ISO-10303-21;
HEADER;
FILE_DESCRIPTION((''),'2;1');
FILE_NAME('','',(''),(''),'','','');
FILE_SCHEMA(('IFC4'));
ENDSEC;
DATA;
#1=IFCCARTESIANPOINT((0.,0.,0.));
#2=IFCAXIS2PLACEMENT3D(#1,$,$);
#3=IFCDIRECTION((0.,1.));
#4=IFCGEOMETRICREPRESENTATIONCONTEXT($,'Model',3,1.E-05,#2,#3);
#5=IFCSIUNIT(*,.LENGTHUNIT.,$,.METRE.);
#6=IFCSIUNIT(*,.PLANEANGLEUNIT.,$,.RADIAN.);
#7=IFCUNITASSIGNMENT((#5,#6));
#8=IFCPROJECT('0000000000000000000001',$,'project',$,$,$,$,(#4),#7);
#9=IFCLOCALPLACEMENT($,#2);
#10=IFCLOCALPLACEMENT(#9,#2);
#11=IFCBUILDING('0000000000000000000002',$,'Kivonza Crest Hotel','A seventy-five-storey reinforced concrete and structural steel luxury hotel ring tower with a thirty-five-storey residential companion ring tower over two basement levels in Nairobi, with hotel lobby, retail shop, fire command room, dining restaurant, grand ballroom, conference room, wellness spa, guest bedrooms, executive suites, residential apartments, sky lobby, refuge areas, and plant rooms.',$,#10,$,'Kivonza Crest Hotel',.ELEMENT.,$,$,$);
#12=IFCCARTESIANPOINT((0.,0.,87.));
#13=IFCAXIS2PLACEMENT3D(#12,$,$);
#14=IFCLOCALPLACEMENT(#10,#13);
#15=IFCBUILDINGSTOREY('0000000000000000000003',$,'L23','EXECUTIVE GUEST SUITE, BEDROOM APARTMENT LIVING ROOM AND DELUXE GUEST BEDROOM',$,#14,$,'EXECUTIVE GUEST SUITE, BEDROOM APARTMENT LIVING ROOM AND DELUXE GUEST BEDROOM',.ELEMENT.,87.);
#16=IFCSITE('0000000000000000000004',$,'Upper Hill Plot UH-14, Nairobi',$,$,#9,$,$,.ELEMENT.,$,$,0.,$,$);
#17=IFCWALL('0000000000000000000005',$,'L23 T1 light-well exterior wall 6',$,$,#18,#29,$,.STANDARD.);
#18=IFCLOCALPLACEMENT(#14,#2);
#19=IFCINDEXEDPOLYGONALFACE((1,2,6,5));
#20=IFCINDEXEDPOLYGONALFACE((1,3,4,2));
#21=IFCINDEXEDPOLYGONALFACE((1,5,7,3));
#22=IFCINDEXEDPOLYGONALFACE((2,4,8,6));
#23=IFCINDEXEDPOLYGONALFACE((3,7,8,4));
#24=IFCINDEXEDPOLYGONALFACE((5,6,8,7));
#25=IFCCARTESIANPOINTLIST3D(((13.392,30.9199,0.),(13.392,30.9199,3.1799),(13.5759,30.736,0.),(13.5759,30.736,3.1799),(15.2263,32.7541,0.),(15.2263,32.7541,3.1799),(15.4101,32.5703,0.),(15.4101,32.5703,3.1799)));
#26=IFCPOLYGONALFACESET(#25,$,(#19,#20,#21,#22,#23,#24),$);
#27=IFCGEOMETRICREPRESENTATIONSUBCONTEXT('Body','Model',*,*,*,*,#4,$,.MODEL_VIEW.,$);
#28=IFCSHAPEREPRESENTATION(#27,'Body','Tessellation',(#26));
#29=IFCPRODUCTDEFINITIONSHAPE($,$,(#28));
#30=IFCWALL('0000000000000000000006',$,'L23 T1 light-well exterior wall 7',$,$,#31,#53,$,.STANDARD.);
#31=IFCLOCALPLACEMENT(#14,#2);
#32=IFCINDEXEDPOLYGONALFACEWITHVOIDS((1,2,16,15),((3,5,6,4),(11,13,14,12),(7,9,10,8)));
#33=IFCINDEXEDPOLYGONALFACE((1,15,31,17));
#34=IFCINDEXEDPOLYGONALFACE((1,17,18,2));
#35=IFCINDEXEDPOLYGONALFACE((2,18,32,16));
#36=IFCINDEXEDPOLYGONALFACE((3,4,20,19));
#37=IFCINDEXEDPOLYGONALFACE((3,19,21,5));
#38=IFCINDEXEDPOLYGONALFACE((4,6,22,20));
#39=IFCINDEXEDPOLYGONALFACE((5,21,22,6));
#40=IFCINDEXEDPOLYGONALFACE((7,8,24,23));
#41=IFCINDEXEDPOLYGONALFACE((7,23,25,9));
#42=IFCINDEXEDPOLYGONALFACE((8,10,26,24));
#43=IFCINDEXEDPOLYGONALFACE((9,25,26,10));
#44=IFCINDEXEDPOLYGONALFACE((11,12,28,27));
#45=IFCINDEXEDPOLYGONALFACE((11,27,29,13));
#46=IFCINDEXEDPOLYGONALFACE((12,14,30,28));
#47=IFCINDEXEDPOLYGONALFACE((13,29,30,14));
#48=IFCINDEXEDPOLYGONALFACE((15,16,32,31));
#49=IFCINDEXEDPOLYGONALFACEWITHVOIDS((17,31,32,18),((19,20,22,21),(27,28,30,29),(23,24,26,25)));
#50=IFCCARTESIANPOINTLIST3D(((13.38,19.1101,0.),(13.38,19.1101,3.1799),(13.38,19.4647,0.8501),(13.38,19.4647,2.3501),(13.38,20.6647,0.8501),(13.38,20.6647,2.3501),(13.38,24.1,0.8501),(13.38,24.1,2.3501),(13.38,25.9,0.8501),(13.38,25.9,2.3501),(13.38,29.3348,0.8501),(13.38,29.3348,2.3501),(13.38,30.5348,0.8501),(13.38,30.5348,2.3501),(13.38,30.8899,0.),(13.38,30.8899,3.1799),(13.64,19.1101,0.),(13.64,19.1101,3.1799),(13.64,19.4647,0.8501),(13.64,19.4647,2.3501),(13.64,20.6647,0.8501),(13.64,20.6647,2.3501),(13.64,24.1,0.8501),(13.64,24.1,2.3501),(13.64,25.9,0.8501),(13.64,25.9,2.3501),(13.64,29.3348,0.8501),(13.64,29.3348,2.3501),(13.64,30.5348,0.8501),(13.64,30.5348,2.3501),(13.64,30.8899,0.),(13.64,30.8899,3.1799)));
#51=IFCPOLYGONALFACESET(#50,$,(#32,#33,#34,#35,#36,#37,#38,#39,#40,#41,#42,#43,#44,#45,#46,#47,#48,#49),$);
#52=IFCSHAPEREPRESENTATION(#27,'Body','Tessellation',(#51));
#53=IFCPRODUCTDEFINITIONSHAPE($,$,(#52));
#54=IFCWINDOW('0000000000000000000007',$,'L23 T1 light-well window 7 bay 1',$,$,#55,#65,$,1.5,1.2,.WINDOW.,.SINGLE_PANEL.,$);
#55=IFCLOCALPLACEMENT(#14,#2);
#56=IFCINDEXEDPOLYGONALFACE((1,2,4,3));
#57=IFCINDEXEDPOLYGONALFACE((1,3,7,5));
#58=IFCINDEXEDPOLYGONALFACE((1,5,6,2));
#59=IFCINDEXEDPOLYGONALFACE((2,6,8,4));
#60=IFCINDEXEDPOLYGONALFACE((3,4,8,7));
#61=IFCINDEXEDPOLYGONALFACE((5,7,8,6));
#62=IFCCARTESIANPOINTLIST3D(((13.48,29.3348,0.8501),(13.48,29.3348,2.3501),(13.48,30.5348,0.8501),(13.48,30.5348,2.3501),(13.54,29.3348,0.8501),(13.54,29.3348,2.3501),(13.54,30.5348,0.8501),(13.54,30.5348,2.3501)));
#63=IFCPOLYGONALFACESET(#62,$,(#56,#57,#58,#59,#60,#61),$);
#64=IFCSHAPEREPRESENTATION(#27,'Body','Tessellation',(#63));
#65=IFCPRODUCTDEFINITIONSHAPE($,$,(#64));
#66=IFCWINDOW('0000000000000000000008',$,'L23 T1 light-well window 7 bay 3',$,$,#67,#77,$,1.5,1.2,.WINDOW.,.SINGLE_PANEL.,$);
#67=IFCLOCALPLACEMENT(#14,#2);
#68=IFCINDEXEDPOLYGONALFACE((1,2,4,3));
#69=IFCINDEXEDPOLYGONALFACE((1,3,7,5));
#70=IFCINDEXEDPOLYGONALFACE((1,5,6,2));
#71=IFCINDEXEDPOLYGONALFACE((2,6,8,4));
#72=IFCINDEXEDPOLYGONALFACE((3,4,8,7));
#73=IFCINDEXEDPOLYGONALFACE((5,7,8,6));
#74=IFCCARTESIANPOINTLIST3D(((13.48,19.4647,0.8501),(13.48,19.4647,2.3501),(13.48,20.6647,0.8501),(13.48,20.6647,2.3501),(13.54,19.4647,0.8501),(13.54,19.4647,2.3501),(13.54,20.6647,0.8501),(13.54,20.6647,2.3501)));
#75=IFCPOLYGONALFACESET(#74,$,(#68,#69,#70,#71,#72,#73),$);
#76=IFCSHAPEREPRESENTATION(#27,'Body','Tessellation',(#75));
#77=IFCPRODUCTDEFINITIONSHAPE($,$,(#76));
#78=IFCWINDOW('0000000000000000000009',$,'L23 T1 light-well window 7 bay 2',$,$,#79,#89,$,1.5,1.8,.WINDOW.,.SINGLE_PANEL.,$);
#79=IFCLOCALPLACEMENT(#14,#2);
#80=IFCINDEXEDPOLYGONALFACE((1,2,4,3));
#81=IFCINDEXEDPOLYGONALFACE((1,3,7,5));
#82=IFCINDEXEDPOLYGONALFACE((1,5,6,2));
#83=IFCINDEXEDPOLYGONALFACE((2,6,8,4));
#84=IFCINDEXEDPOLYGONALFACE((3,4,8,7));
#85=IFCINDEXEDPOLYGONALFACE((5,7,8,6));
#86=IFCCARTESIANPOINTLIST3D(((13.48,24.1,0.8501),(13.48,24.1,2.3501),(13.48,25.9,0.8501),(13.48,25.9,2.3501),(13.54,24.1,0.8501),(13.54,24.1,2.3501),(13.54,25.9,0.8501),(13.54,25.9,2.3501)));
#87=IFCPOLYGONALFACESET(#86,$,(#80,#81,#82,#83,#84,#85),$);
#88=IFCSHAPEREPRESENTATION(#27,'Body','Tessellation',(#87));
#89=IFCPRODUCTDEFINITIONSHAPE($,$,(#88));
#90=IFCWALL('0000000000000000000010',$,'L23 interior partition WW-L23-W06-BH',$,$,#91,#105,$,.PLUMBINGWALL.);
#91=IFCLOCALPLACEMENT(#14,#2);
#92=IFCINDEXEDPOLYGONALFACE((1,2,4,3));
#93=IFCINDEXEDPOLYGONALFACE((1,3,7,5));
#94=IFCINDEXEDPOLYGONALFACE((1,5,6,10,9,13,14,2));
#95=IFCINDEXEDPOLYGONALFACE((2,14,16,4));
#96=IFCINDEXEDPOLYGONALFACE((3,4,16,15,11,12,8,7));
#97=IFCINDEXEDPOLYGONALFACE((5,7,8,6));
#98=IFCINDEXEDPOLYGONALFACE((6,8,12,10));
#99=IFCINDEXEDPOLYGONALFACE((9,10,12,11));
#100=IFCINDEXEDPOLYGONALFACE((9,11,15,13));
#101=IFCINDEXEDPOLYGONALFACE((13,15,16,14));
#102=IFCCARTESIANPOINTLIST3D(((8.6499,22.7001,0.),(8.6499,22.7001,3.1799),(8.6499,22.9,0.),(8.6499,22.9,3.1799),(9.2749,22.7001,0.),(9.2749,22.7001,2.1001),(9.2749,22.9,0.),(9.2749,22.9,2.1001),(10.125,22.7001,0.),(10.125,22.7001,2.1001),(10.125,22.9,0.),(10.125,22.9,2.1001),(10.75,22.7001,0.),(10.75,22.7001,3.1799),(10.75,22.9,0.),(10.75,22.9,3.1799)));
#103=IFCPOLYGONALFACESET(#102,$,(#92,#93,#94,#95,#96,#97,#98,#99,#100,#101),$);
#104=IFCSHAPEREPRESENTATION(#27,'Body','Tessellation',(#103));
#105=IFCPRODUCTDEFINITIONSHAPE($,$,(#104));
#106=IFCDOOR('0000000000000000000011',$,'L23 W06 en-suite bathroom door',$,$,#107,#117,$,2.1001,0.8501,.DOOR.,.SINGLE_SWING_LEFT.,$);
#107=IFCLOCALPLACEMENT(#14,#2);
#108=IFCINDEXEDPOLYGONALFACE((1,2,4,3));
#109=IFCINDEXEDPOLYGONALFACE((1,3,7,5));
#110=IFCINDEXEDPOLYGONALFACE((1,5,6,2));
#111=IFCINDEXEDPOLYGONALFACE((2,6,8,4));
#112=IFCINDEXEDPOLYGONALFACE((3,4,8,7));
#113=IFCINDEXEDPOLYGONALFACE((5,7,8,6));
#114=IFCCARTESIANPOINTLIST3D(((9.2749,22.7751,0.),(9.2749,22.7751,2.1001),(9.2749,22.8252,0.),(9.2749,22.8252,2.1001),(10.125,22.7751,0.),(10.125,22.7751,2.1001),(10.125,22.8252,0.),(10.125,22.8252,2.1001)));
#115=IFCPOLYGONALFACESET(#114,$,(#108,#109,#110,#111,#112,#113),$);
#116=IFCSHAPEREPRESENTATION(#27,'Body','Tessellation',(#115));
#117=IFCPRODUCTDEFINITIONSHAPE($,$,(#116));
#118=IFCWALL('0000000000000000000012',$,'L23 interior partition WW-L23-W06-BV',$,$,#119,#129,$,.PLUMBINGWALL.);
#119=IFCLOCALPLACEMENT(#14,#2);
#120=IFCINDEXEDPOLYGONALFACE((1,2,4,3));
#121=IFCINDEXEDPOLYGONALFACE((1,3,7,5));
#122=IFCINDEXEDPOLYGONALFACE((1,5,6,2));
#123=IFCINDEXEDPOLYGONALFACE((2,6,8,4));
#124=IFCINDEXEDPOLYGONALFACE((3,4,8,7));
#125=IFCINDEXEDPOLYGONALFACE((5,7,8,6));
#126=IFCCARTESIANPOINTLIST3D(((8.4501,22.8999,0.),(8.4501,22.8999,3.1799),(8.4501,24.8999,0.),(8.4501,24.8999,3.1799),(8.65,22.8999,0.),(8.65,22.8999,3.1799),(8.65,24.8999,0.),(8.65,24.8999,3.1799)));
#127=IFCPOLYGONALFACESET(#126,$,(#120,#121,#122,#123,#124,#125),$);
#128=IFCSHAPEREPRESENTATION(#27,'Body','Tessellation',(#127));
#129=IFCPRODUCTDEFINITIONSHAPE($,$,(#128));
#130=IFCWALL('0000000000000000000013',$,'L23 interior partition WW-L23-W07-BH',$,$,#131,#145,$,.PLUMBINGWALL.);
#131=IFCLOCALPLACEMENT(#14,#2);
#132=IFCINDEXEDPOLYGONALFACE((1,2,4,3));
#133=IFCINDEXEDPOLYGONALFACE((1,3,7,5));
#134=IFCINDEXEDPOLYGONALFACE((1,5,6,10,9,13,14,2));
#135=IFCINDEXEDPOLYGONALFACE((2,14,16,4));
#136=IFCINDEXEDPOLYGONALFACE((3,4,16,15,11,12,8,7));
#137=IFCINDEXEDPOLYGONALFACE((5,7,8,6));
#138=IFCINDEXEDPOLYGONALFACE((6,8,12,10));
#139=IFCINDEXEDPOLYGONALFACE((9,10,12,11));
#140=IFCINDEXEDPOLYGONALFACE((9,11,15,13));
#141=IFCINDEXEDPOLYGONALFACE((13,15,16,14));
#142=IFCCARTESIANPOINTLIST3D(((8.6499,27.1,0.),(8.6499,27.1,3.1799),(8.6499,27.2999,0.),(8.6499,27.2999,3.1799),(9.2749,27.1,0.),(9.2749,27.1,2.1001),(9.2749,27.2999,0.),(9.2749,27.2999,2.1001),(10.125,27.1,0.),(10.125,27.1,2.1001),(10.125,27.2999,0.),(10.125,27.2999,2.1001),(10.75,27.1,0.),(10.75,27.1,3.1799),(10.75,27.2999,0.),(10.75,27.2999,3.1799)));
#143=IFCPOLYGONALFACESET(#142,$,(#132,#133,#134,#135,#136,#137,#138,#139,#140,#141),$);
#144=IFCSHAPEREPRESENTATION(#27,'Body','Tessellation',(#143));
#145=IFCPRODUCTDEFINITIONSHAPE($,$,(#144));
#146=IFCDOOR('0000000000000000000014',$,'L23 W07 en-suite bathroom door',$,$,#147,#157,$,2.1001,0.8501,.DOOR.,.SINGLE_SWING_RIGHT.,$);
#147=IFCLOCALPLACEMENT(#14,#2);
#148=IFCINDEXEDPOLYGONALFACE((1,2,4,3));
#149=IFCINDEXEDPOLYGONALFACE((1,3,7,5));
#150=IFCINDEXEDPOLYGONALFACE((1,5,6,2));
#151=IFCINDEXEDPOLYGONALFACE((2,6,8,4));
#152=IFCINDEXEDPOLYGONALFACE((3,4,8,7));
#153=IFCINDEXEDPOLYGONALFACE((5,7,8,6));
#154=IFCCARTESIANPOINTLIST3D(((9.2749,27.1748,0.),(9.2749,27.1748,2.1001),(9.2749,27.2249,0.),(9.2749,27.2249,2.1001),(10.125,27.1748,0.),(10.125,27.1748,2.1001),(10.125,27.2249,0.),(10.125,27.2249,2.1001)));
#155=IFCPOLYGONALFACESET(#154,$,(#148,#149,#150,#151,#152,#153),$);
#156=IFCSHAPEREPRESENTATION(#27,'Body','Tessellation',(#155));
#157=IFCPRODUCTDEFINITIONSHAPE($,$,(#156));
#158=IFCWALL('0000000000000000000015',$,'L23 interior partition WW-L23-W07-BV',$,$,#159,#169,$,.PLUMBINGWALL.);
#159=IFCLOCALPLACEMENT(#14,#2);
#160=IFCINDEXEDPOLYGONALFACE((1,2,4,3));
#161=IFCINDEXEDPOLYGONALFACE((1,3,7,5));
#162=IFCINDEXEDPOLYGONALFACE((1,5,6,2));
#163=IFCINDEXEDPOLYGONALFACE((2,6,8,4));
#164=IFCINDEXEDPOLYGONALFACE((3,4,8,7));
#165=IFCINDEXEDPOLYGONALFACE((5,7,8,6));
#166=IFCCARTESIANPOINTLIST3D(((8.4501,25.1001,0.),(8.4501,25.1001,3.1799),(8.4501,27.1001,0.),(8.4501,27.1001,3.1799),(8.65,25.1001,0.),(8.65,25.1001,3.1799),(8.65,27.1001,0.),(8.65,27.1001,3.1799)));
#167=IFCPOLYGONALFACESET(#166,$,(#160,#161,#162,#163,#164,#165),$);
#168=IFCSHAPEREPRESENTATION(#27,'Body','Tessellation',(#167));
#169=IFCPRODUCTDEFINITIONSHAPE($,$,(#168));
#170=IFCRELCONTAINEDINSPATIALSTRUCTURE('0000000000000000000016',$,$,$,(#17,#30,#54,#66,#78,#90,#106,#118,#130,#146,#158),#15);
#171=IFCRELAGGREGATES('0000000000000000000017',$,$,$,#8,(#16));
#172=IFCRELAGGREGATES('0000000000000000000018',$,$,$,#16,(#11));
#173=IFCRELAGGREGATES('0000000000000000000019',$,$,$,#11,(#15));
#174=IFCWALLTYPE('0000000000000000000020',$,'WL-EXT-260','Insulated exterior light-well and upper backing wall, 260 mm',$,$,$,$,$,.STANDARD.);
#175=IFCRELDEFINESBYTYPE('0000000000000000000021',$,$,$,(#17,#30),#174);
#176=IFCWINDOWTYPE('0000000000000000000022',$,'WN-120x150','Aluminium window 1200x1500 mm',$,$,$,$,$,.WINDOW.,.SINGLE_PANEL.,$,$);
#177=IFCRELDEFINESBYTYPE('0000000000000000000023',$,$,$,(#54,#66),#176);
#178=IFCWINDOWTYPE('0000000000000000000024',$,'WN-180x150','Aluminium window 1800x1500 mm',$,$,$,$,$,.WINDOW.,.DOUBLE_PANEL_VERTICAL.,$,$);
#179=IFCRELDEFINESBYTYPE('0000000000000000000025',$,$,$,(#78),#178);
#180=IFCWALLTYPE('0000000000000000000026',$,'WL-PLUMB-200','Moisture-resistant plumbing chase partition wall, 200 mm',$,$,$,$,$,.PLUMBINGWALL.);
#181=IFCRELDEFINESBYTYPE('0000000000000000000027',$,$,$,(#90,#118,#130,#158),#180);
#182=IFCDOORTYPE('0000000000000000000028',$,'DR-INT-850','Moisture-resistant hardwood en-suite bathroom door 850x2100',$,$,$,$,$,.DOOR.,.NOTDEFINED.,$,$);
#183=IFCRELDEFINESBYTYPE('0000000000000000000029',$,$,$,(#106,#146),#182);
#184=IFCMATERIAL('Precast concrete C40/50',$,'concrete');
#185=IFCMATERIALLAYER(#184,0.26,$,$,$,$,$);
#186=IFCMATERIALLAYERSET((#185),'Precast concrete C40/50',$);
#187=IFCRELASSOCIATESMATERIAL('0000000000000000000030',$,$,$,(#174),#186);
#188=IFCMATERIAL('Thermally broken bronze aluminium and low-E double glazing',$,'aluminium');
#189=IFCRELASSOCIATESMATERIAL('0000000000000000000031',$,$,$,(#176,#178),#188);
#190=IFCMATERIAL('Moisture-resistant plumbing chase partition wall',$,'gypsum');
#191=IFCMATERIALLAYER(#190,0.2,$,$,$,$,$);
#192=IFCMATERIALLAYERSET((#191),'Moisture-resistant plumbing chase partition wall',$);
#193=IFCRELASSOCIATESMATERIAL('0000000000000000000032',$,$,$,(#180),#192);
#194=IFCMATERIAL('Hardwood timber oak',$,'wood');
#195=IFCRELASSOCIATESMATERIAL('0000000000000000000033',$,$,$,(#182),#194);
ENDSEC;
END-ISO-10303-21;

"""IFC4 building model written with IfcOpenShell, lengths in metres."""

from ifc_helpers import new_model, si_unit, direction, frame, frame_2d, origin, place, context, subcontext, project, spatial, rectangle, extrude, material, layer, layer_set, type_object, element, fill, save


model = new_model("IFC4")

# Units and contexts
model_context = context("Model", 3, precision=1e-05, world=origin(), true_north=direction((0.0, 1.0)))
body_context = subcontext(model_context, "Body", "Model", "MODEL_VIEW")
ifc_project = project(units=[si_unit("LENGTHUNIT", "METRE"), si_unit("PLANEANGLEUNIT", "RADIAN")], contexts=[model_context])

# Site, building, storey
site_placement = place(None, origin())
site = spatial("IfcSite", under=ifc_project, at=site_placement, Name="Upper Hill Plot UH-14, Nairobi", CompositionType="ELEMENT", RefElevation=0.0)
building_placement = place(site_placement, origin())
building = spatial("IfcBuilding", under=site, at=building_placement, Name="Kivonza Crest Hotel", Description="A seventy-five-storey reinforced concrete and structural steel luxury hotel ring tower with a thirty-five-storey residential companion ring tower over two basement levels in Nairobi, with hotel lobby, retail shop, fire command room, dining restaurant, grand ballroom, conference room, wellness spa, guest bedrooms, executive suites, residential apartments, sky lobby, refuge areas, and plant rooms.", LongName="Kivonza Crest Hotel", CompositionType="ELEMENT")
storey_placement = place(building_placement, frame((0.0, 0.0, 87.0)))
storey = spatial("IfcBuildingStorey", under=building, at=storey_placement, Name="L23", Description="EXECUTIVE GUEST SUITE, BEDROOM APARTMENT LIVING ROOM AND DELUXE GUEST BEDROOM", LongName="EXECUTIVE GUEST SUITE, BEDROOM APARTMENT LIVING ROOM AND DELUXE GUEST BEDROOM", CompositionType="ELEMENT", Elevation=87.0)

# Shared definitions
ifc_material_1 = material(Name="Hardwood timber oak", Category="wood")

# Wall
ifc_material_2 = material(Name="Precast concrete C40/50", Category="concrete")
ifc_layer_1 = layer(ifc_material_2, 0.26)
ifc_layer_set_1 = layer_set([ifc_layer_1], Name="Precast concrete C40/50")
wall_type_1 = type_object("IfcWallType", Name="WL-EXT-260", Description="Insulated exterior light-well and upper backing wall, 260 mm", PredefinedType="STANDARD", material=ifc_layer_set_1)
wall_1_placement = place(storey_placement, frame((15.3181, 32.6621, 0.0), z_axis=(0.0, 0.0, 1.0), x_axis=(-0.707107, -0.707107, 0.0)))
element("IfcWall", 1, at=wall_1_placement, inside=storey, type_object=wall_type_1, Name="L23 T1 light-well exterior wall 6", PredefinedType="STANDARD", context=body_context, shape_type="SweptSolid", body=[
    extrude(rectangle(XDim=2.594, YDim=0.26, at=frame_2d((1.2969, 0.0))), origin(), (0.0, 0.0, 1.0), 3.1799),
])

# Wall, openings, windows
wall_2_placement = place(storey_placement, frame((13.51, 30.8899, 0.0), z_axis=(0.0, 0.0, 1.0), x_axis=(0.0, -1.0, 0.0)))
wall_2 = element("IfcWall", 2, at=wall_2_placement, inside=storey, type_object=wall_type_1, Name="L23 T1 light-well exterior wall 7", PredefinedType="STANDARD", context=body_context, shape_type="SweptSolid", body=[
    extrude(rectangle(XDim=11.7798, YDim=0.26, at=frame_2d((5.8899, 0.0))), origin(), (0.0, 0.0, 1.0), 3.1799),
])
opening_1_placement = place(wall_2_placement, frame((0.355, 0.0, 0.8501)))
opening_1 = element("IfcOpeningElement", 3, at=opening_1_placement, cuts=wall_2, PredefinedType="OPENING", context=body_context, shape_type="SweptSolid", body=[
    extrude(rectangle(XDim=1.2, YDim=1.5, at=frame_2d((0.6001, 0.75))), frame((0.0, 0.1401, 0.0), z_axis=(0.0, -1.0, 0.0), x_axis=(1.0, 0.0, 0.0)), (0.0, 0.0, 1.0), 0.28),
])
opening_2_placement = place(wall_2_placement, frame((4.99, 0.0, 0.8501)))
opening_2 = element("IfcOpeningElement", 4, at=opening_2_placement, cuts=wall_2, PredefinedType="OPENING", context=body_context, shape_type="SweptSolid", body=[
    extrude(rectangle(XDim=1.8, YDim=1.5, at=frame_2d((0.8999, 0.75))), frame((0.0, 0.1401, 0.0), z_axis=(0.0, -1.0, 0.0), x_axis=(1.0, 0.0, 0.0)), (0.0, 0.0, 1.0), 0.28),
])
opening_3_placement = place(wall_2_placement, frame((10.2251, 0.0, 0.8501)))
opening_3 = element("IfcOpeningElement", 5, at=opening_3_placement, cuts=wall_2, PredefinedType="OPENING", context=body_context, shape_type="SweptSolid", body=[
    extrude(rectangle(XDim=1.2, YDim=1.5, at=frame_2d((0.6001, 0.75))), frame((0.0, 0.1401, 0.0), z_axis=(0.0, -1.0, 0.0), x_axis=(1.0, 0.0, 0.0)), (0.0, 0.0, 1.0), 0.28),
])
ifc_material_3 = material(Name="Thermally broken bronze aluminium and low-E double glazing", Category="aluminium")
window_type_1 = type_object("IfcWindowType", Name="WN-120x150", Description="Aluminium window 1200x1500 mm", PartitioningType="SINGLE_PANEL", PredefinedType="WINDOW", material=ifc_material_3)
window_1_placement = place(opening_1_placement, origin())
window_1 = element("IfcWindow", 6, at=window_1_placement, inside=storey, type_object=window_type_1, Name="L23 T1 light-well window 7 bay 1", OverallHeight=1.5, OverallWidth=1.2, PartitioningType="SINGLE_PANEL", PredefinedType="WINDOW", context=body_context, shape_type="SweptSolid", body=[
    extrude(rectangle(XDim=1.2, YDim=1.5, at=frame_2d((0.6001, 0.75))), frame((0.0, 0.03, 0.0), z_axis=(0.0, -1.0, 0.0), x_axis=(1.0, 0.0, 0.0)), (0.0, 0.0, 1.0), 0.0601),
])
fill(opening_1, window_1)
window_2_placement = place(opening_3_placement, origin())
window_2 = element("IfcWindow", 7, at=window_2_placement, inside=storey, type_object=window_type_1, Name="L23 T1 light-well window 7 bay 3", OverallHeight=1.5, OverallWidth=1.2, PartitioningType="SINGLE_PANEL", PredefinedType="WINDOW", context=body_context, shape_type="SweptSolid", body=[
    extrude(rectangle(XDim=1.2, YDim=1.5, at=frame_2d((0.6001, 0.75))), frame((0.0, 0.03, 0.0), z_axis=(0.0, -1.0, 0.0), x_axis=(1.0, 0.0, 0.0)), (0.0, 0.0, 1.0), 0.0601),
])
fill(opening_3, window_2)
window_type_2 = type_object("IfcWindowType", Name="WN-180x150", Description="Aluminium window 1800x1500 mm", PartitioningType="DOUBLE_PANEL_VERTICAL", PredefinedType="WINDOW", material=ifc_material_3)
window_3_placement = place(opening_2_placement, origin())
window_3 = element("IfcWindow", 8, at=window_3_placement, inside=storey, type_object=window_type_2, Name="L23 T1 light-well window 7 bay 2", OverallHeight=1.5, OverallWidth=1.8, PartitioningType="SINGLE_PANEL", PredefinedType="WINDOW", context=body_context, shape_type="SweptSolid", body=[
    extrude(rectangle(XDim=1.8, YDim=1.5, at=frame_2d((0.8999, 0.75))), frame((0.0, 0.03, 0.0), z_axis=(0.0, -1.0, 0.0), x_axis=(1.0, 0.0, 0.0)), (0.0, 0.0, 1.0), 0.0601),
])
fill(opening_2, window_3)

# Wall, opening, door
ifc_material_4 = material(Name="Moisture-resistant plumbing chase partition wall", Category="gypsum")
ifc_layer_2 = layer(ifc_material_4, 0.2)
ifc_layer_set_2 = layer_set([ifc_layer_2], Name="Moisture-resistant plumbing chase partition wall")
wall_type_2 = type_object("IfcWallType", Name="WL-PLUMB-200", Description="Moisture-resistant plumbing chase partition wall, 200 mm", PredefinedType="PLUMBINGWALL", material=ifc_layer_set_2)
wall_3_placement = place(storey_placement, frame((8.6499, 22.8, 0.0), z_axis=(0.0, 0.0, 1.0), x_axis=(1.0, 0.0, 0.0)))
wall_3 = element("IfcWall", 9, at=wall_3_placement, inside=storey, type_object=wall_type_2, Name="L23 interior partition WW-L23-W06-BH", PredefinedType="PLUMBINGWALL", context=body_context, shape_type="SweptSolid", body=[
    extrude(rectangle(XDim=2.1001, YDim=0.2, at=frame_2d((1.05, 0.0))), origin(), (0.0, 0.0, 1.0), 3.1799),
])
opening_4_placement = place(wall_3_placement, frame((0.625, 0.0, 0.0)))
opening_4 = element("IfcOpeningElement", 10, at=opening_4_placement, cuts=wall_3, PredefinedType="OPENING", context=body_context, shape_type="SweptSolid", body=[
    extrude(rectangle(XDim=0.8501, YDim=2.1001, at=frame_2d((0.425, 1.05))), frame((0.0, 0.1099, 0.0), z_axis=(0.0, -1.0, 0.0), x_axis=(1.0, 0.0, 0.0)), (0.0, 0.0, 1.0), 0.22),
])
door_type_1 = type_object("IfcDoorType", Name="DR-INT-850", Description="Moisture-resistant hardwood en-suite bathroom door 850x2100", OperationType="NOTDEFINED", PredefinedType="DOOR", material=ifc_material_1)
door_1_placement = place(opening_4_placement, frame((0.8501, 0.0, 0.0), z_axis=(0.0, 0.0, 1.0), x_axis=(-1.0, 0.0, 0.0)))
door_1 = element("IfcDoor", 11, at=door_1_placement, inside=storey, type_object=door_type_1, Name="L23 W06 en-suite bathroom door", OperationType="SINGLE_SWING_LEFT", OverallHeight=2.1001, OverallWidth=0.8501, PredefinedType="DOOR", context=body_context, shape_type="SweptSolid", body=[
    extrude(rectangle(XDim=0.8501, YDim=2.1001, at=frame_2d((0.425, 1.05))), frame((0.0, 0.0249, 0.0), z_axis=(0.0, -1.0, 0.0), x_axis=(1.0, 0.0, 0.0)), (0.0, 0.0, 1.0), 0.05),
])
fill(opening_4, door_1)

# Wall
wall_4_placement = place(storey_placement, frame((8.55, 22.8999, 0.0), z_axis=(0.0, 0.0, 1.0), x_axis=(0.0, 1.0, 0.0)))
element("IfcWall", 12, at=wall_4_placement, inside=storey, type_object=wall_type_2, Name="L23 interior partition WW-L23-W06-BV", PredefinedType="PLUMBINGWALL", context=body_context, shape_type="SweptSolid", body=[
    extrude(rectangle(XDim=2.0, YDim=0.2, at=frame_2d((1.0, 0.0))), origin(), (0.0, 0.0, 1.0), 3.1799),
])

# Wall, opening, door
wall_5_placement = place(storey_placement, frame((8.6499, 27.2, 0.0), z_axis=(0.0, 0.0, 1.0), x_axis=(1.0, 0.0, 0.0)))
wall_5 = element("IfcWall", 13, at=wall_5_placement, inside=storey, type_object=wall_type_2, Name="L23 interior partition WW-L23-W07-BH", PredefinedType="PLUMBINGWALL", context=body_context, shape_type="SweptSolid", body=[
    extrude(rectangle(XDim=2.1001, YDim=0.2, at=frame_2d((1.05, 0.0))), origin(), (0.0, 0.0, 1.0), 3.1799),
])
opening_5_placement = place(wall_5_placement, frame((0.625, 0.0, 0.0)))
opening_5 = element("IfcOpeningElement", 14, at=opening_5_placement, cuts=wall_5, PredefinedType="OPENING", context=body_context, shape_type="SweptSolid", body=[
    extrude(rectangle(XDim=0.8501, YDim=2.1001, at=frame_2d((0.425, 1.05))), frame((0.0, 0.1099, 0.0), z_axis=(0.0, -1.0, 0.0), x_axis=(1.0, 0.0, 0.0)), (0.0, 0.0, 1.0), 0.22),
])
door_2_placement = place(opening_5_placement, origin())
door_2 = element("IfcDoor", 15, at=door_2_placement, inside=storey, type_object=door_type_1, Name="L23 W07 en-suite bathroom door", OperationType="SINGLE_SWING_RIGHT", OverallHeight=2.1001, OverallWidth=0.8501, PredefinedType="DOOR", context=body_context, shape_type="SweptSolid", body=[
    extrude(rectangle(XDim=0.8501, YDim=2.1001, at=frame_2d((0.425, 1.05))), frame((0.0, 0.0249, 0.0), z_axis=(0.0, -1.0, 0.0), x_axis=(1.0, 0.0, 0.0)), (0.0, 0.0, 1.0), 0.05),
])
fill(opening_5, door_2)

# Wall
wall_6_placement = place(storey_placement, frame((8.55, 25.1001, 0.0), z_axis=(0.0, 0.0, 1.0), x_axis=(0.0, 1.0, 0.0)))
element("IfcWall", 16, at=wall_6_placement, inside=storey, type_object=wall_type_2, Name="L23 interior partition WW-L23-W07-BV", PredefinedType="PLUMBINGWALL", context=body_context, shape_type="SweptSolid", body=[
    extrude(rectangle(XDim=2.0, YDim=0.2, at=frame_2d((1.0, 0.0))), origin(), (0.0, 0.0, 1.0), 3.1799),
])

save(model, "model.ifc")
